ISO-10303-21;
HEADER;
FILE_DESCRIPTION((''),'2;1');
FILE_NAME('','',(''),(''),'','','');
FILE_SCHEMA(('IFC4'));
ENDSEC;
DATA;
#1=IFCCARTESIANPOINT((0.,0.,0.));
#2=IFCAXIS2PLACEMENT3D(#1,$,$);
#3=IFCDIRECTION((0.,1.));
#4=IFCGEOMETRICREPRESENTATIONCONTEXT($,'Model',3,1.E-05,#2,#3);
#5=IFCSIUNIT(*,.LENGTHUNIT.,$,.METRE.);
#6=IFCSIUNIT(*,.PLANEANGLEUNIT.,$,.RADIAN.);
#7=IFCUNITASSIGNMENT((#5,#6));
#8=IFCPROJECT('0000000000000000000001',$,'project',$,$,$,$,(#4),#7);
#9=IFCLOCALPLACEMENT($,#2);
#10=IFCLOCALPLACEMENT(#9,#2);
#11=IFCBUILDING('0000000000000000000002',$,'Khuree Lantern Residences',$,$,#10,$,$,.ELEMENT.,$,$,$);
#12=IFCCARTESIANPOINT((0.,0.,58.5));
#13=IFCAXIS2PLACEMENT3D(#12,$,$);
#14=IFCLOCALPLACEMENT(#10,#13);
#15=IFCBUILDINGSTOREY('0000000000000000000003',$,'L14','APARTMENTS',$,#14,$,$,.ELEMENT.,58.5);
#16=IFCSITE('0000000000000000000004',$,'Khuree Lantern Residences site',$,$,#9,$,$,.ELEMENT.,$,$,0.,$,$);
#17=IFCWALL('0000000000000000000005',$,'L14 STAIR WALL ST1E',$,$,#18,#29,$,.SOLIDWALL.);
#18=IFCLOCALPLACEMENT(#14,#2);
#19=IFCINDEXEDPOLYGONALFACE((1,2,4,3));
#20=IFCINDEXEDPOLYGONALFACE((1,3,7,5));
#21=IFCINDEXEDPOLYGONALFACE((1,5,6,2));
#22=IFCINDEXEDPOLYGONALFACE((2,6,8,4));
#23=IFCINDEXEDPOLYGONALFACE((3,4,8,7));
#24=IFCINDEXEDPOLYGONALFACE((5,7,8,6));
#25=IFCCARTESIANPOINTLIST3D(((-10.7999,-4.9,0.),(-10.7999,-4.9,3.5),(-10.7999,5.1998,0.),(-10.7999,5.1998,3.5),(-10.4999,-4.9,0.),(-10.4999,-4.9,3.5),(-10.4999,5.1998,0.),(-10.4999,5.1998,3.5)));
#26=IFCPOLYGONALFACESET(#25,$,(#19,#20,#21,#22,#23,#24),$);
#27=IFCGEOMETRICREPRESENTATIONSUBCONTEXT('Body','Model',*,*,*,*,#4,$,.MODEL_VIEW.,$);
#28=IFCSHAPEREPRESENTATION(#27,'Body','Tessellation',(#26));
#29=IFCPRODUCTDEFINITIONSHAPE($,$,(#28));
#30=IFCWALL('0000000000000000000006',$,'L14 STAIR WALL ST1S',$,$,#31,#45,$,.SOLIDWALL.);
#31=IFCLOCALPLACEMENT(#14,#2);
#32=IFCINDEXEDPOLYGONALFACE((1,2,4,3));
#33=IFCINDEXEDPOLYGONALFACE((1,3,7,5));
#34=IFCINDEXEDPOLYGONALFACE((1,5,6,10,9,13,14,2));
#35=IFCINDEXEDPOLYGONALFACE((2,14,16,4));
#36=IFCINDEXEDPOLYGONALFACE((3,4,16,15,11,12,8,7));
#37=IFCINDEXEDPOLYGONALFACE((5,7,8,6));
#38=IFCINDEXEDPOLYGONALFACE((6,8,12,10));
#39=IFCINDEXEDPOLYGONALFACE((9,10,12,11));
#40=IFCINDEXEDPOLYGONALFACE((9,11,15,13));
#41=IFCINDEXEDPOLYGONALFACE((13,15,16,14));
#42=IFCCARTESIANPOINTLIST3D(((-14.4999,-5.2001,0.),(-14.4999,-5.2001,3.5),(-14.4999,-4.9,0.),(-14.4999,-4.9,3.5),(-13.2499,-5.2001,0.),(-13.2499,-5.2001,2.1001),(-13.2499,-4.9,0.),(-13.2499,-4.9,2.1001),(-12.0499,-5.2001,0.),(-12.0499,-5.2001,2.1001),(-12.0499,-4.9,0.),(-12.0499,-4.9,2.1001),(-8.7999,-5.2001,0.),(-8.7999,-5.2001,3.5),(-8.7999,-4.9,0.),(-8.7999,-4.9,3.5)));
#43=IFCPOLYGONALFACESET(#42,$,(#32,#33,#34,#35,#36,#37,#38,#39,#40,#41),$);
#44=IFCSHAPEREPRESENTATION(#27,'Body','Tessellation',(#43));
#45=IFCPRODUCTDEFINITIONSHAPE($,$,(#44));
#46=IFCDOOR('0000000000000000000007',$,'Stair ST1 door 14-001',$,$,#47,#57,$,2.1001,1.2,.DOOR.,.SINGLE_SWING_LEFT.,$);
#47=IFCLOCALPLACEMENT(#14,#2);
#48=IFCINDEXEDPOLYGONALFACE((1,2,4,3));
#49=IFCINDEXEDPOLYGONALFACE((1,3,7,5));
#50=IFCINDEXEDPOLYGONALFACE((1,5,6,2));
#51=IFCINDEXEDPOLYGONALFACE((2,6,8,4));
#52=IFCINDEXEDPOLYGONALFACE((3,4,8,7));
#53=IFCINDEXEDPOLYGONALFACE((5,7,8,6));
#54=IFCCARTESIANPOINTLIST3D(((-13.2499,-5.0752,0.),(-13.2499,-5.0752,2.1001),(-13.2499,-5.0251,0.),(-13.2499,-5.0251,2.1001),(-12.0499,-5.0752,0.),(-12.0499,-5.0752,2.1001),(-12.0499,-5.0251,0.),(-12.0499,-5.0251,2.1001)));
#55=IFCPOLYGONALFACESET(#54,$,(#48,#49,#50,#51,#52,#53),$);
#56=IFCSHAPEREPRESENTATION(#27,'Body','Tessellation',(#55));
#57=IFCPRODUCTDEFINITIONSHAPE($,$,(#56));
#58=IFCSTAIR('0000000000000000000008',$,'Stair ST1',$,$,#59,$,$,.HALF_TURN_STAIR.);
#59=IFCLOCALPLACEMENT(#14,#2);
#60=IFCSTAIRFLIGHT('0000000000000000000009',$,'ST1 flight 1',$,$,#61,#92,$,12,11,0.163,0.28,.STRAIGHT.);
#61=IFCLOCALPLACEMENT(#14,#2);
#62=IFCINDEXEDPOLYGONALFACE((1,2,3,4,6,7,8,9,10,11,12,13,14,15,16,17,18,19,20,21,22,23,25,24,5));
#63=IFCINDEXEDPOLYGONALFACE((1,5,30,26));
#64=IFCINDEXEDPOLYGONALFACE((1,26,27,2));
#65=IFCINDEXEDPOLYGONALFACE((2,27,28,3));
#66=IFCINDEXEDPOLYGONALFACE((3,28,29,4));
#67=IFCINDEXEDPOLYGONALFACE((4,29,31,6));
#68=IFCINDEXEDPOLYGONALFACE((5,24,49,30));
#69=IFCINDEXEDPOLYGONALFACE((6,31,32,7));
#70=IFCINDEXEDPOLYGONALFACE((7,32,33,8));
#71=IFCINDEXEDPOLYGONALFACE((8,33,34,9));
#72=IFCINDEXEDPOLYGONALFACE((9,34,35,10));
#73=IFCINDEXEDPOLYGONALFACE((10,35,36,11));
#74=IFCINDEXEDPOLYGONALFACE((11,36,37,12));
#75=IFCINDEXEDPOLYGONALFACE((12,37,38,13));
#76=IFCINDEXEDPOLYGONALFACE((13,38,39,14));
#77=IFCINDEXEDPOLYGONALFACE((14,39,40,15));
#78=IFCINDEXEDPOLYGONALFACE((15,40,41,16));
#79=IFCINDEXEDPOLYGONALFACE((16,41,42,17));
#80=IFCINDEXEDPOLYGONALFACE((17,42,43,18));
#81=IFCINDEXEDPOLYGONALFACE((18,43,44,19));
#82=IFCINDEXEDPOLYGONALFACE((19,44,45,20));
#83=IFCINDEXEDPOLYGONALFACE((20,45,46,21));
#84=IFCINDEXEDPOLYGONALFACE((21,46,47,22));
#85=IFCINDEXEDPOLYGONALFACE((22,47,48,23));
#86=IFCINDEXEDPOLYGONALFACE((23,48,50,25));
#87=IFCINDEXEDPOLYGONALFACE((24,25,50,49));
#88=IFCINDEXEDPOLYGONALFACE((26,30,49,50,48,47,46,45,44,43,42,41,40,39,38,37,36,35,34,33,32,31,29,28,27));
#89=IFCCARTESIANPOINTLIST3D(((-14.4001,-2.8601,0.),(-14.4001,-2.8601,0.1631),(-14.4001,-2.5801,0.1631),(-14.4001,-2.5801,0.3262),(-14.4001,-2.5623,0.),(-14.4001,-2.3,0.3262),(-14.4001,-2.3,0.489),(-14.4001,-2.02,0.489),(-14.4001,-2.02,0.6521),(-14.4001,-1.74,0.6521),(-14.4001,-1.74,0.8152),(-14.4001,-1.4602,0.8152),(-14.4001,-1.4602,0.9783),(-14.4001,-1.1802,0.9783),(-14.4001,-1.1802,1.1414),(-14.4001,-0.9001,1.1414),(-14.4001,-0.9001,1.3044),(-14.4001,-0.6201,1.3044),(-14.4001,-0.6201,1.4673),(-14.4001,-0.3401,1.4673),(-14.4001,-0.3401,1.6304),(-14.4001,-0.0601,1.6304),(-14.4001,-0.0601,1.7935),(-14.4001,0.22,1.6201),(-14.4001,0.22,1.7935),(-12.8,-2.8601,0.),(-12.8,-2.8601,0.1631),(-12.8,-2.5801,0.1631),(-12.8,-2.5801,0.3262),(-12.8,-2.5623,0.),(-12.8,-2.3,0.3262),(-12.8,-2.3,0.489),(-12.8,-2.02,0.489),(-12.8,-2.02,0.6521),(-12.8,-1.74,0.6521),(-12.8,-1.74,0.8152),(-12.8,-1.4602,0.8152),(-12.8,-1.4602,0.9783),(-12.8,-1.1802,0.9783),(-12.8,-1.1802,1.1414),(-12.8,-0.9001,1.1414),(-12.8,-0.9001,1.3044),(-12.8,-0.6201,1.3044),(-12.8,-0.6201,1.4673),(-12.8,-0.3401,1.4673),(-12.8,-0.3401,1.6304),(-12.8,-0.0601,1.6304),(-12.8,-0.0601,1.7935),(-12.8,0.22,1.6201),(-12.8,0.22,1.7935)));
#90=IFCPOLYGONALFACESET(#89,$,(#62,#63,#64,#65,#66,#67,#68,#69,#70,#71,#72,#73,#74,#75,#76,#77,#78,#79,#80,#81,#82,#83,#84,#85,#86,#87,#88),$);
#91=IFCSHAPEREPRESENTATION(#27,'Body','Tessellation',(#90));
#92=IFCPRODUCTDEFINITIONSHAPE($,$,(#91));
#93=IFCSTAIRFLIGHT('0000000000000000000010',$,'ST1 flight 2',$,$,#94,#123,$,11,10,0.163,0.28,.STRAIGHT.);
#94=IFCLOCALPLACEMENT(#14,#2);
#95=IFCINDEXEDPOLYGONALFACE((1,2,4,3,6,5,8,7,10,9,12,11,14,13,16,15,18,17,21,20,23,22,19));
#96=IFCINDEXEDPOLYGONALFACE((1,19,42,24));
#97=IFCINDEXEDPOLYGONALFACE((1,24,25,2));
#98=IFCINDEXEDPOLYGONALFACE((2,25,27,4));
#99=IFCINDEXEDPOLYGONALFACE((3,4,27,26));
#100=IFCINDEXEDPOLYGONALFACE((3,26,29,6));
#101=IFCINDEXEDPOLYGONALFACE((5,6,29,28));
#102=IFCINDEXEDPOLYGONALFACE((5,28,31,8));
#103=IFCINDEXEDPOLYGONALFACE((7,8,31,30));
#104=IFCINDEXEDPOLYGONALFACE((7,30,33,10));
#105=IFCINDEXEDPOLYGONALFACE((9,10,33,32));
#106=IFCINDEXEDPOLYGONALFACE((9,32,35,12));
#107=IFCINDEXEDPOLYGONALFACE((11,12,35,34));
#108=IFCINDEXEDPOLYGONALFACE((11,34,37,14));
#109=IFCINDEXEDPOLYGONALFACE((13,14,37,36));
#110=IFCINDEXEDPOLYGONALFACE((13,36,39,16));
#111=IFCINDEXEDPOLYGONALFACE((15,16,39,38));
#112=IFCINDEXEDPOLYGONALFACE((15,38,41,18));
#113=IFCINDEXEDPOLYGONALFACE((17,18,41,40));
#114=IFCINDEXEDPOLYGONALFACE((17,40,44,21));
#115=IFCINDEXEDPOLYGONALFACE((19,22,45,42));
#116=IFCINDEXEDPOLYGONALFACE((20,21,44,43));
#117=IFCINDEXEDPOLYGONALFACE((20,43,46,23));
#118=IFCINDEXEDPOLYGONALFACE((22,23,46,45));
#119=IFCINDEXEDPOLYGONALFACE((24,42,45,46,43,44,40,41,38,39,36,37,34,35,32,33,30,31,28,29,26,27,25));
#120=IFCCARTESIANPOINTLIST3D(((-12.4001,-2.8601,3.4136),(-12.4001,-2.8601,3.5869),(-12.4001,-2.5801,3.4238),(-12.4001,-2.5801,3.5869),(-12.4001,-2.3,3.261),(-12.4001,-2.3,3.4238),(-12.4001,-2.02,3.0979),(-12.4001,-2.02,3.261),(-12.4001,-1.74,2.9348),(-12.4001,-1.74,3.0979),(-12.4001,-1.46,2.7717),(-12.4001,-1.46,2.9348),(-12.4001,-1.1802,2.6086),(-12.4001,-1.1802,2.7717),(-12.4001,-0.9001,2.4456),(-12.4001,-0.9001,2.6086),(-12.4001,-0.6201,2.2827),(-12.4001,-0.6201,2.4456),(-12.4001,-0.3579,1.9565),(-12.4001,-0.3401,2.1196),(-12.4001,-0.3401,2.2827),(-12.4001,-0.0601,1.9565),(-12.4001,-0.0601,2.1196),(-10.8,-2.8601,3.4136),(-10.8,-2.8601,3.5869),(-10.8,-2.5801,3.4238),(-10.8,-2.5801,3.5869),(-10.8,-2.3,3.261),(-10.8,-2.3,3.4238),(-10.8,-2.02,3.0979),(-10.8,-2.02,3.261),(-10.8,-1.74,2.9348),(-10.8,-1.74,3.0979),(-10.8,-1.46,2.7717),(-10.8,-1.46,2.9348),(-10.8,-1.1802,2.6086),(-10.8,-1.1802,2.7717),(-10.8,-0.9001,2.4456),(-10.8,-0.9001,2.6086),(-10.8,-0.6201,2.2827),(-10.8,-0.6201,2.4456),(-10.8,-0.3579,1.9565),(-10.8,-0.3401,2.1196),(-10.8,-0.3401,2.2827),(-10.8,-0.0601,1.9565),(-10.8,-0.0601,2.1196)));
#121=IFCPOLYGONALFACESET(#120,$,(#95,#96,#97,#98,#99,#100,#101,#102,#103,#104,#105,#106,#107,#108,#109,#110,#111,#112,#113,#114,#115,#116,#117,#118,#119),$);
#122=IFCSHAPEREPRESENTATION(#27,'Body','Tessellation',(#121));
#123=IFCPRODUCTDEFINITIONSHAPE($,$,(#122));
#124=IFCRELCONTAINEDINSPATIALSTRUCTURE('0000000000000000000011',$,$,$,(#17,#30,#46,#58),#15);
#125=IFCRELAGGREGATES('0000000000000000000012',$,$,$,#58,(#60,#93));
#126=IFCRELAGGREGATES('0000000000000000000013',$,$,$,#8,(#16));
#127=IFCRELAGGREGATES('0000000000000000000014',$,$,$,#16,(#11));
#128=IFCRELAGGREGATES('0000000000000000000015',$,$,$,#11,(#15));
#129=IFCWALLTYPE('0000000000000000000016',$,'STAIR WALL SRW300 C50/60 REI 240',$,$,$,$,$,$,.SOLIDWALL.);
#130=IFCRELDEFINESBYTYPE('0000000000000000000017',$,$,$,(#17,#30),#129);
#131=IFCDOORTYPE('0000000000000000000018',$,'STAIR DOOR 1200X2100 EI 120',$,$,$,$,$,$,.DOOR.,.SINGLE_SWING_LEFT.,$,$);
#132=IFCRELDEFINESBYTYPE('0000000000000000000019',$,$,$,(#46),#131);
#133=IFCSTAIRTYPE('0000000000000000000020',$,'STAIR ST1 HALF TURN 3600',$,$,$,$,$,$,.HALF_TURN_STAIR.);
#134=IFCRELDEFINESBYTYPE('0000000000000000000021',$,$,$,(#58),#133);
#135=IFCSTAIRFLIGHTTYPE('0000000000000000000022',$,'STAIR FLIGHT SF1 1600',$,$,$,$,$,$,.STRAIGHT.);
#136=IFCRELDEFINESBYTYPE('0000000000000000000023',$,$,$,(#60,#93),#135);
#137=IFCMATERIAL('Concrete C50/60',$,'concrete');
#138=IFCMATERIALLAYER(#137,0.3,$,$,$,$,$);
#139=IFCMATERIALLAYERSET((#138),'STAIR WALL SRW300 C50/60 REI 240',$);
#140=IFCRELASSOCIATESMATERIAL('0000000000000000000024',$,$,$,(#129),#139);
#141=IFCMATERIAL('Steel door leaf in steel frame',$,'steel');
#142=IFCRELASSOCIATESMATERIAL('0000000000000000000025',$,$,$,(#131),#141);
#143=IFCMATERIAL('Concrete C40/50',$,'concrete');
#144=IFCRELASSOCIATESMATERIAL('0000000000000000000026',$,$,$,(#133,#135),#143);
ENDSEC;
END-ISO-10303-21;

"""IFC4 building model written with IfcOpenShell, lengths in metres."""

from ifc_helpers import new_model, si_unit, direction, frame, frame_2d, origin, place, context, subcontext, project, spatial, polyline, rectangle, outline, extrude, material, layer, layer_set, type_object, element, fill, aggregate, save


model = new_model("IFC4")

# Units and contexts
model_context = context("Model", 3, precision=1e-05, world=origin(), true_north=direction((0.0, 1.0)))
body_context = subcontext(model_context, "Body", "Model", "MODEL_VIEW")
ifc_project = project(units=[si_unit("LENGTHUNIT", "METRE"), si_unit("PLANEANGLEUNIT", "RADIAN")], contexts=[model_context])

# Site, building, storey
site_placement = place(None, origin())
site = spatial("IfcSite", under=ifc_project, at=site_placement, Name="Khuree Lantern Residences site", CompositionType="ELEMENT", RefElevation=0.0)
building_placement = place(site_placement, origin())
building = spatial("IfcBuilding", under=site, at=building_placement, Name="Khuree Lantern Residences", CompositionType="ELEMENT")
storey_placement = place(building_placement, frame((0.0, 0.0, 58.5)))
storey = spatial("IfcBuildingStorey", under=building, at=storey_placement, Name="L14", Description="APARTMENTS", CompositionType="ELEMENT", Elevation=58.5)

# Shared definitions
ifc_material_1 = material(Name="Steel door leaf in steel frame", Category="steel")

# Wall
ifc_material_2 = material(Name="Concrete C50/60", Category="concrete")
ifc_layer_1 = layer(ifc_material_2, 0.3)
ifc_layer_set_1 = layer_set([ifc_layer_1], Name="STAIR WALL SRW300 C50/60 REI 240")
wall_type_1 = type_object("IfcWallType", Name="STAIR WALL SRW300 C50/60 REI 240", PredefinedType="SOLIDWALL", material=ifc_layer_set_1)
wall_1_placement = place(storey_placement, frame((-10.6499, -4.8999, 0.0), z_axis=(0.0, 0.0, 1.0), x_axis=(0.0, 1.0, 0.0)))
element("IfcWall", 1, at=wall_1_placement, inside=storey, type_object=wall_type_1, Name="L14 STAIR WALL ST1E", PredefinedType="SOLIDWALL", context=body_context, shape_type="SweptSolid", body=[
    extrude(rectangle(XDim=10.0999, YDim=0.3, at=frame_2d((5.0498, 0.0))), origin(), (0.0, 0.0, 1.0), 3.5),
])

# Wall, opening, door
wall_2_placement = place(storey_placement, frame((-14.5, -5.05, 0.0), z_axis=(0.0, 0.0, 1.0), x_axis=(1.0, 0.0, 0.0)))
wall_2 = element("IfcWall", 2, at=wall_2_placement, inside=storey, type_object=wall_type_1, Name="L14 STAIR WALL ST1S", PredefinedType="SOLIDWALL", context=body_context, shape_type="SweptSolid", body=[
    extrude(rectangle(XDim=5.7, YDim=0.3, at=frame_2d((2.8501, 0.0))), origin(), (0.0, 0.0, 1.0), 3.5),
])
opening_1_placement = place(wall_2_placement, frame((1.25, 0.0, 0.0)))
opening_1 = element("IfcOpeningElement", 3, at=opening_1_placement, cuts=wall_2, PredefinedType="OPENING", context=body_context, shape_type="SweptSolid", body=[
    extrude(rectangle(XDim=1.2, YDim=2.1001, at=frame_2d((0.6001, 1.05))), frame((0.0, 0.1602, 0.0), z_axis=(0.0, -1.0, 0.0), x_axis=(1.0, 0.0, 0.0)), (0.0, 0.0, 1.0), 0.3201),
])
door_type_1 = type_object("IfcDoorType", Name="STAIR DOOR 1200X2100 EI 120", OperationType="SINGLE_SWING_LEFT", PredefinedType="DOOR", material=ifc_material_1)
door_1_placement = place(opening_1_placement, origin())
door_1 = element("IfcDoor", 4, at=door_1_placement, inside=storey, type_object=door_type_1, Name="Stair ST1 door 14-001", OperationType="SINGLE_SWING_LEFT", OverallHeight=2.1001, OverallWidth=1.2, PredefinedType="DOOR", context=body_context, shape_type="SweptSolid", body=[
    extrude(rectangle(XDim=1.2, YDim=2.1001, at=frame_2d((0.6001, 1.05))), frame((0.0, 0.0249, 0.0), z_axis=(0.0, -1.0, 0.0), x_axis=(1.0, 0.0, 0.0)), (0.0, 0.0, 1.0), 0.05),
])
fill(opening_1, door_1)

# Stair, stair flights
ifc_material_3 = material(Name="Concrete C40/50", Category="concrete")
stair_type = type_object("IfcStairType", Name="STAIR ST1 HALF TURN 3600", PredefinedType="HALF_TURN_STAIR", material=ifc_material_3)
stair_placement = place(storey_placement, origin())
stair = element("IfcStair", 5, at=stair_placement, inside=storey, type_object=stair_type, Name="Stair ST1", PredefinedType="HALF_TURN_STAIR")
stair_flight_type = type_object("IfcStairFlightType", Name="STAIR FLIGHT SF1 1600", PredefinedType="STRAIGHT", material=ifc_material_3)
stair_flight_1_placement = place(storey_placement, frame((-13.6001, -2.8601, 0.0), z_axis=(0.0, 0.0, 1.0), x_axis=(0.0, 1.0, 0.0)))
stair_flight_1 = element("IfcStairFlight", 6, at=stair_flight_1_placement, type_object=stair_flight_type, Name="ST1 flight 1", NumberOfRisers=12, NumberOfTreads=11, PredefinedType="STRAIGHT", RiserHeight=0.163, TreadLength=0.28, context=body_context, shape_type="SweptSolid", body=[
    extrude(outline(polyline([(0.0, 0.0), (0.0, 0.1631), (0.28, 0.1631), (0.28, 0.3262), (0.5601, 0.3262), (0.5601, 0.489), (0.8401, 0.489), (0.8401, 0.6521), (1.1201, 0.6521), (1.1201, 0.8152), (1.3999, 0.8152), (1.3999, 0.9783), (1.6799, 0.9783), (1.6799, 1.1414), (1.96, 1.1414), (1.96, 1.3044), (2.24, 1.3044), (2.24, 1.4673), (2.52, 1.4673), (2.52, 1.6304), (2.8, 1.6304), (2.8, 1.7935), (3.0801, 1.7935), (3.0801, 1.9565), (3.0801, 1.6201), (0.2979, 0.0), (0.0, 0.0)])), frame((0.0, 0.8, 0.0), z_axis=(0.0, -1.0, 0.0), x_axis=(1.0, 0.0, 0.0)), (0.0, 0.0, 1.0), 1.6001),
])
stair_flight_2_placement = place(storey_placement, frame((-11.6001, -0.0601, 1.9565), z_axis=(0.0, 0.0, 1.0), x_axis=(0.0, -1.0, 0.0)))
stair_flight_2 = element("IfcStairFlight", 7, at=stair_flight_2_placement, type_object=stair_flight_type, Name="ST1 flight 2", NumberOfRisers=11, NumberOfTreads=10, PredefinedType="STRAIGHT", RiserHeight=0.163, TreadLength=0.28, context=body_context, shape_type="SweptSolid", body=[
    extrude(outline(polyline([(0.0, 0.0), (0.0, 0.1631), (0.28, 0.1631), (0.28, 0.3262), (0.5601, 0.3262), (0.5601, 0.489), (0.8401, 0.489), (0.8401, 0.6521), (1.1201, 0.6521), (1.1201, 0.8152), (1.3999, 0.8152), (1.3999, 0.9783), (1.6799, 0.9783), (1.6799, 1.1414), (1.96, 1.1414), (1.96, 1.3044), (2.24, 1.3044), (2.24, 1.4673), (2.52, 1.4673), (2.52, 1.6304), (2.8, 1.6304), (2.8, 1.7935), (2.8, 1.457), (0.2979, 0.0), (0.0, 0.0)])), frame((0.0, 0.8, 0.0), z_axis=(0.0, -1.0, 0.0), x_axis=(1.0, 0.0, 0.0)), (0.0, 0.0, 1.0), 1.6001),
])
aggregate(stair, [stair_flight_1, stair_flight_2])

save(model, "model.ifc")
